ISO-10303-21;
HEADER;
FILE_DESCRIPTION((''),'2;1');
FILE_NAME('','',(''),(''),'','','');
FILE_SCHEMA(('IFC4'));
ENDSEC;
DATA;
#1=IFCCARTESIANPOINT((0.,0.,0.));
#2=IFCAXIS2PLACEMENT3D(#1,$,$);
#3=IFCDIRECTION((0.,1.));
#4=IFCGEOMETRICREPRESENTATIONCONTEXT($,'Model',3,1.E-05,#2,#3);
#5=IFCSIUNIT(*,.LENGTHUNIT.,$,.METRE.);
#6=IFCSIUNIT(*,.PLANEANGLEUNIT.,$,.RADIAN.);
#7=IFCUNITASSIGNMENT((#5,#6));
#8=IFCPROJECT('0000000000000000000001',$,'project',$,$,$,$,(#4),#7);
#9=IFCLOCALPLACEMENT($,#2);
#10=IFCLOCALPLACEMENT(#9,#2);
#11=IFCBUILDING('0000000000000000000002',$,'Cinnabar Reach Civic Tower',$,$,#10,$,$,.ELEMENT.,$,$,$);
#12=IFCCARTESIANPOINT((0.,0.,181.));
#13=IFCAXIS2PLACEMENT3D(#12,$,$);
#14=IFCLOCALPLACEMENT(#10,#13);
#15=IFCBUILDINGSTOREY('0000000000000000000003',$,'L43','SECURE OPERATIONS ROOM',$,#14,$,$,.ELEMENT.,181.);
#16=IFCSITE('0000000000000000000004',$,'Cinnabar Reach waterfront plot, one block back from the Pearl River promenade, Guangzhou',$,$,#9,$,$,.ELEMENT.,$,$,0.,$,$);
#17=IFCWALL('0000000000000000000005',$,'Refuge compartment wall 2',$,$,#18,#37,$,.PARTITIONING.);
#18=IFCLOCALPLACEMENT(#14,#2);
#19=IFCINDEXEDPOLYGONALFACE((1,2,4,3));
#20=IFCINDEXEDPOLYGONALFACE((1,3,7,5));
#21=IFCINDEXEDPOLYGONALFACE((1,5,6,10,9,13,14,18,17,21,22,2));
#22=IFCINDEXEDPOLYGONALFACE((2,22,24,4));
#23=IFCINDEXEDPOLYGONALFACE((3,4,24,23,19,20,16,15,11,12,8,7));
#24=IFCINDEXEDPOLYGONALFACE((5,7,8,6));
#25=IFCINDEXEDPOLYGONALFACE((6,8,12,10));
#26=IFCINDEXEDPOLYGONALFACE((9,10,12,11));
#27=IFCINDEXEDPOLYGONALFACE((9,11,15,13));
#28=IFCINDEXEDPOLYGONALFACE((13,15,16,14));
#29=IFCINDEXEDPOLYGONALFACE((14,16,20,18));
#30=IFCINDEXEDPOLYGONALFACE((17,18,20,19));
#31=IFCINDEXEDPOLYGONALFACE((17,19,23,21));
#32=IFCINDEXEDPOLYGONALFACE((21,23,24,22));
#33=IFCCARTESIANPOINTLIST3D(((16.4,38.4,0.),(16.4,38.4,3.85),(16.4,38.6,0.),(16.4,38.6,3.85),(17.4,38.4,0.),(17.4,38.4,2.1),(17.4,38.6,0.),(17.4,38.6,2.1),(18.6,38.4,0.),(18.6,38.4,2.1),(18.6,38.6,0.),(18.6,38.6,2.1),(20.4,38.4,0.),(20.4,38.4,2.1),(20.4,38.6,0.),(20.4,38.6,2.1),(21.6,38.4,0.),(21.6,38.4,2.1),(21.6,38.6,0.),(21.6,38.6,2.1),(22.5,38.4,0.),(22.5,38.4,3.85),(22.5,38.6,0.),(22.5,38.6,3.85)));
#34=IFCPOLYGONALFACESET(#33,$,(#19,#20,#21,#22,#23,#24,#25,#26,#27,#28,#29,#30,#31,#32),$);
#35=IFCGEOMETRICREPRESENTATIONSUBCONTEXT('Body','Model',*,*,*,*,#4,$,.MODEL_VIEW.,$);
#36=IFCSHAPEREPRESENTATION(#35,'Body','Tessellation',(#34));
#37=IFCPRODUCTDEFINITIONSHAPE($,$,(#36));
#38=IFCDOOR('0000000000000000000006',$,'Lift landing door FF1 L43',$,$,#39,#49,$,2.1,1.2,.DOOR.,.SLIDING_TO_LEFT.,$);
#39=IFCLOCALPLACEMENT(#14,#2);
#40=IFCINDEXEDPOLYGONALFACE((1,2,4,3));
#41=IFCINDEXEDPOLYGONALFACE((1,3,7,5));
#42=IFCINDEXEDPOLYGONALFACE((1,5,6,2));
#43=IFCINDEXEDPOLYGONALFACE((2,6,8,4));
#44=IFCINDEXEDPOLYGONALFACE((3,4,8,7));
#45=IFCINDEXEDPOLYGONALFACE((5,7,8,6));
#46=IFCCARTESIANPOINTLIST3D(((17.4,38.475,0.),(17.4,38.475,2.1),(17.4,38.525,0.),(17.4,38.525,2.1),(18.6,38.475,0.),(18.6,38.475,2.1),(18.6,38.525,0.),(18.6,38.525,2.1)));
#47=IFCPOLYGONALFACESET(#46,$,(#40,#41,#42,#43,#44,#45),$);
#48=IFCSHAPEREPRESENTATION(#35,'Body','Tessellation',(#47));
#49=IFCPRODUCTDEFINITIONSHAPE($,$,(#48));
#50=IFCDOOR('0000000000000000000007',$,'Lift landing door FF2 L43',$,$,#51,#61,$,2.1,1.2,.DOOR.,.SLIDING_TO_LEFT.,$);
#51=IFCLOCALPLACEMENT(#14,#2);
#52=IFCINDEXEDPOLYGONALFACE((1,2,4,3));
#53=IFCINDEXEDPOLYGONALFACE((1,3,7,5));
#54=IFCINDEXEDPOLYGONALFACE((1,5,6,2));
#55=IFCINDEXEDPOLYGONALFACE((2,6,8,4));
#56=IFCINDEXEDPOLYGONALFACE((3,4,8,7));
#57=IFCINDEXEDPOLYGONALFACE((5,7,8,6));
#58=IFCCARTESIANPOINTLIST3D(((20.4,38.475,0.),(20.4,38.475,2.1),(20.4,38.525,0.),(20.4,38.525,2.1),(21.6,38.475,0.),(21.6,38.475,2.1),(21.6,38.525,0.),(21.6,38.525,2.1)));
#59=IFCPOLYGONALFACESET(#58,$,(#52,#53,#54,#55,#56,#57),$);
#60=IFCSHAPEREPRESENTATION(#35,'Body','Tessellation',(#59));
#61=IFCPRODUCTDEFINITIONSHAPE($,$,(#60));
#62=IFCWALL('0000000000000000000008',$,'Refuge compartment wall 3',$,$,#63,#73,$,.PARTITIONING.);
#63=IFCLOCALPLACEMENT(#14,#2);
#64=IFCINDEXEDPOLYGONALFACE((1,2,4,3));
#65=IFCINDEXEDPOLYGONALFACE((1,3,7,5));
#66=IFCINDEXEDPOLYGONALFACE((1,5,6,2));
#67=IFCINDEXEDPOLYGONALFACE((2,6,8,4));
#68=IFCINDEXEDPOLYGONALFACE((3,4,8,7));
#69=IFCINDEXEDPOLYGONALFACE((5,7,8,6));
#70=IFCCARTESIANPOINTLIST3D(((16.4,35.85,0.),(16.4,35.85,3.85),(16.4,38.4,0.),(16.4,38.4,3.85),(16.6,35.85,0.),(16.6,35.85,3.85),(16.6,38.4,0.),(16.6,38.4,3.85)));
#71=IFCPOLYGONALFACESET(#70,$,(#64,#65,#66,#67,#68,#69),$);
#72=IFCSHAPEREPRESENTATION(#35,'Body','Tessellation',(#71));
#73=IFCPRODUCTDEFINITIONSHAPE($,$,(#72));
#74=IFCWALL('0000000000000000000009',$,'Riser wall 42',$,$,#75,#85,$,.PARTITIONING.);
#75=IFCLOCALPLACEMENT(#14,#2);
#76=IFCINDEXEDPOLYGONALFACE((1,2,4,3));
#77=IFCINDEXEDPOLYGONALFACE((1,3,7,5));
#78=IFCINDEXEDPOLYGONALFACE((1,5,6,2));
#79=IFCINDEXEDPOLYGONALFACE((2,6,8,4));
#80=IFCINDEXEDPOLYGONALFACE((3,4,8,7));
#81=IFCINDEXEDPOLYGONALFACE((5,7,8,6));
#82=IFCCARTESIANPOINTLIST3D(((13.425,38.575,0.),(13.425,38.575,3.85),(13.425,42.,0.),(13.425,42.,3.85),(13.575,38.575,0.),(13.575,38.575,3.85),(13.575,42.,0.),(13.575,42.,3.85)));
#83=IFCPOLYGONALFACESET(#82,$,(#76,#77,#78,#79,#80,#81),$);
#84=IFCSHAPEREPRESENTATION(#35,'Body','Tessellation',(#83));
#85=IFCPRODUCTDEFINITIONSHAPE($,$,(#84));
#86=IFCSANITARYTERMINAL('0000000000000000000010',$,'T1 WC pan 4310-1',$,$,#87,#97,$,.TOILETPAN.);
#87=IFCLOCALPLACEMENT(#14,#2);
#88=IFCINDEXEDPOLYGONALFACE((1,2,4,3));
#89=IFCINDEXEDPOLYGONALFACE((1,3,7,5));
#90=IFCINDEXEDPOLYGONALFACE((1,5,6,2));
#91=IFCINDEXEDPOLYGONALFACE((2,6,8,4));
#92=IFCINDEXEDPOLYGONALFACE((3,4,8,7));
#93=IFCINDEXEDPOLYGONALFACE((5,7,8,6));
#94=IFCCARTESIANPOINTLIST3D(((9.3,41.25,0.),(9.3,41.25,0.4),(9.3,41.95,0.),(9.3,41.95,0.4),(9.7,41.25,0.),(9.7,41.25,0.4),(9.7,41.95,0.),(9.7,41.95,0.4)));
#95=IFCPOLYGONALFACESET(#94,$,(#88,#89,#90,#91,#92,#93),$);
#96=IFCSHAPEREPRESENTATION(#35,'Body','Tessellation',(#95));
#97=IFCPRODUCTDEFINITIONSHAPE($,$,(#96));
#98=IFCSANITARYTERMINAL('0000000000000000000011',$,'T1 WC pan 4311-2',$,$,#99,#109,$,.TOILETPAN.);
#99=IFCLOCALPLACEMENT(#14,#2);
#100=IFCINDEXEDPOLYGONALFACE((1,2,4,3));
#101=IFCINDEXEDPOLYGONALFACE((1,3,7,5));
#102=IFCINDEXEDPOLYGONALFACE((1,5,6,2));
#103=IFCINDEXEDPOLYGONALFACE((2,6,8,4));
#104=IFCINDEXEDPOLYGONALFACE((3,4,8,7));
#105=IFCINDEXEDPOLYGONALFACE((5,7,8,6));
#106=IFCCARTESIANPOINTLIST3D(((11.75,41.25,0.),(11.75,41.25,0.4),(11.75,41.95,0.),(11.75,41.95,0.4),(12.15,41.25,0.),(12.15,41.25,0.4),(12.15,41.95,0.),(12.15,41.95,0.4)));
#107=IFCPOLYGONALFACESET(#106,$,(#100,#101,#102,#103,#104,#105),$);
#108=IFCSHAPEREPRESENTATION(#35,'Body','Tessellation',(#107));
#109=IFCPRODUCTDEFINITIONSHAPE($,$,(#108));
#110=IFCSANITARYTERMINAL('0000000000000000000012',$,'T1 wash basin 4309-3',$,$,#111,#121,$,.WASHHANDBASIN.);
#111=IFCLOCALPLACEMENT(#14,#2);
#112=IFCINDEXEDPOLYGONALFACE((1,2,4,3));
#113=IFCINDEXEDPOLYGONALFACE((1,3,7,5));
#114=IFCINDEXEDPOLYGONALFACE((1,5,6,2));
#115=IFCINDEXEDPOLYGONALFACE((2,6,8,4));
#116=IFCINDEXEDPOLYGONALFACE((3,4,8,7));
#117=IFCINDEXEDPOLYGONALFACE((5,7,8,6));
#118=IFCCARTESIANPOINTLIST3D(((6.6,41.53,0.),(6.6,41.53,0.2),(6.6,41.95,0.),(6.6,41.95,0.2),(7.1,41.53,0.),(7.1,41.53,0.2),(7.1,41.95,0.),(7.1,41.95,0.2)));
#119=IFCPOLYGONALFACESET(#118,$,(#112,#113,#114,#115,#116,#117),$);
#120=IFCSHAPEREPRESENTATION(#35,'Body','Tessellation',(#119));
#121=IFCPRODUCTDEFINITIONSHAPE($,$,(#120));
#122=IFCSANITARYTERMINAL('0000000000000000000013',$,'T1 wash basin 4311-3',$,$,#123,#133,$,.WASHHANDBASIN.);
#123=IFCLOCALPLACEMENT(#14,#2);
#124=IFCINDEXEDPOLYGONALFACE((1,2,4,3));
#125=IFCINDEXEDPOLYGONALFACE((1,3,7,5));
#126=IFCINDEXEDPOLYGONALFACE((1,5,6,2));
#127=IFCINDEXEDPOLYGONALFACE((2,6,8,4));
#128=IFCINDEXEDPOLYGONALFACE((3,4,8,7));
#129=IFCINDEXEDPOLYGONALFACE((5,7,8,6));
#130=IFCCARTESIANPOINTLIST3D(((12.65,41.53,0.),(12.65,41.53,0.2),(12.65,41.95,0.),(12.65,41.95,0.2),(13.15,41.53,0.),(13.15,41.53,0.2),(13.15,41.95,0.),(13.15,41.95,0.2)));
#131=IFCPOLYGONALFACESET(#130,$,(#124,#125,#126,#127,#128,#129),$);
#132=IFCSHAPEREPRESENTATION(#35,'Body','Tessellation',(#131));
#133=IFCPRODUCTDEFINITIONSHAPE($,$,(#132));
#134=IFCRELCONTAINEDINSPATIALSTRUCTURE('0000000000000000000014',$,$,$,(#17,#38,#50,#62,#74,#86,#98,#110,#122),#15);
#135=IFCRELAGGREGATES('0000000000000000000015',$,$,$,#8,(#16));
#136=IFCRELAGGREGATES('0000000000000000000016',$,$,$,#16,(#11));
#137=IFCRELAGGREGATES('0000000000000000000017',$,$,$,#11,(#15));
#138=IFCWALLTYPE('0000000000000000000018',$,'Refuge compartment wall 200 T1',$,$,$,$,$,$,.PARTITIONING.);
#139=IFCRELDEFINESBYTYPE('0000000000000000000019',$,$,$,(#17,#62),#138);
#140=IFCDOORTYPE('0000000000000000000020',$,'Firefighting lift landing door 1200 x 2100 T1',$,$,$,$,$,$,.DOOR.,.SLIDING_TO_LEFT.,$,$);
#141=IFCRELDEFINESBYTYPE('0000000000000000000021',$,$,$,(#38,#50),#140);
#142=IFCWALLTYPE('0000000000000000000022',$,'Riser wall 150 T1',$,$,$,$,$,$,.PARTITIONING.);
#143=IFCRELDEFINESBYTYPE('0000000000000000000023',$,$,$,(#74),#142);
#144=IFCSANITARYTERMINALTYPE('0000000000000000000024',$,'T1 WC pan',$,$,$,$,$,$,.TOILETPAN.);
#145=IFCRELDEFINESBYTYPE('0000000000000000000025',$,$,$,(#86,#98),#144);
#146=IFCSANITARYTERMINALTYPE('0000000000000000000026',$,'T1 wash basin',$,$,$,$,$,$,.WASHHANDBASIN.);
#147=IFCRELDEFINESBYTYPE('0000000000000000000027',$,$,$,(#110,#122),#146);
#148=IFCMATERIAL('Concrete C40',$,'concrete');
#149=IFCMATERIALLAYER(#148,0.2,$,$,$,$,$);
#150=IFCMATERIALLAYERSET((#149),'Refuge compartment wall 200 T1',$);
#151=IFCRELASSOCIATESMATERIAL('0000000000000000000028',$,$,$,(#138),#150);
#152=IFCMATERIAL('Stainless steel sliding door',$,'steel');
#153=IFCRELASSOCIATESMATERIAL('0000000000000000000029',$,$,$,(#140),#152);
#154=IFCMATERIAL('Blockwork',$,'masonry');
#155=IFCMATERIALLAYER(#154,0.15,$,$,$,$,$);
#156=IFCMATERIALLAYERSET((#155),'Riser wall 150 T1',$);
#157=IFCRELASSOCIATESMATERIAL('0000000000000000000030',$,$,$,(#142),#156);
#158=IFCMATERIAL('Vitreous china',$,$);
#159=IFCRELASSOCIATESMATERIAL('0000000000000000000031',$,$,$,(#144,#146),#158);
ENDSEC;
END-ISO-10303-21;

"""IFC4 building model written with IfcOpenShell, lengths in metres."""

from ifc_helpers import new_model, si_unit, direction, frame, frame_2d, origin, origin_2d, place, context, subcontext, project, spatial, rectangle, extrude, material, layer, layer_set, type_object, element, fill, save


model = new_model("IFC4")

# Units and contexts
model_context = context("Model", 3, precision=1e-05, world=origin(), true_north=direction((0.0, 1.0)))
body_context = subcontext(model_context, "Body", "Model", "MODEL_VIEW")
ifc_project = project(units=[si_unit("LENGTHUNIT", "METRE"), si_unit("PLANEANGLEUNIT", "RADIAN")], contexts=[model_context])

# Site, building, storey
site_placement = place(None, origin())
site = spatial("IfcSite", under=ifc_project, at=site_placement, Name="Cinnabar Reach waterfront plot, one block back from the Pearl River promenade, Guangzhou", CompositionType="ELEMENT", RefElevation=0.0)
building_placement = place(site_placement, origin())
building = spatial("IfcBuilding", under=site, at=building_placement, Name="Cinnabar Reach Civic Tower", CompositionType="ELEMENT")
storey_placement = place(building_placement, frame((0.0, 0.0, 181.0)))
storey = spatial("IfcBuildingStorey", under=building, at=storey_placement, Name="L43", Description="SECURE OPERATIONS ROOM", CompositionType="ELEMENT", Elevation=181.0)

# Shared definitions
ifc_material_1 = material(Name="Blockwork", Category="masonry")
ifc_material_2 = material(Name="Stainless steel sliding door", Category="steel")

# Shared definitions
ifc_material_3 = material(Name="Concrete C40", Category="concrete")
ifc_layer_1 = layer(ifc_material_3, 0.2)
ifc_layer_set_1 = layer_set([ifc_layer_1], Name="Refuge compartment wall 200 T1")
wall_type_1 = type_object("IfcWallType", Name="Refuge compartment wall 200 T1", PredefinedType="PARTITIONING", material=ifc_layer_set_1)

# Wall, openings, doors
wall_1_placement = place(storey_placement, frame((16.4, 38.5, 0.0), z_axis=(0.0, 0.0, 1.0), x_axis=(1.0, 0.0, 0.0)))
wall_1 = element("IfcWall", 1, at=wall_1_placement, inside=storey, type_object=wall_type_1, Name="Refuge compartment wall 2", PredefinedType="PARTITIONING", context=body_context, shape_type="SweptSolid", body=[
    extrude(rectangle(XDim=6.1, YDim=0.2, at=frame_2d((3.05, 0.0))), origin(), (0.0, 0.0, 1.0), 3.85),
])
opening_1_placement = place(wall_1_placement, frame((1.0, 0.0, 0.0)))
opening_1 = element("IfcOpeningElement", 2, at=opening_1_placement, cuts=wall_1, PredefinedType="OPENING", context=body_context, shape_type="SweptSolid", body=[
    extrude(rectangle(XDim=1.2, YDim=2.1, at=frame_2d((0.6, 1.05))), frame((0.0, 0.11, 0.0), z_axis=(0.0, -1.0, 0.0), x_axis=(1.0, 0.0, 0.0)), (0.0, 0.0, 1.0), 0.22),
])
opening_2_placement = place(wall_1_placement, frame((4.0, 0.0, 0.0)))
opening_2 = element("IfcOpeningElement", 3, at=opening_2_placement, cuts=wall_1, PredefinedType="OPENING", context=body_context, shape_type="SweptSolid", body=[
    extrude(rectangle(XDim=1.2, YDim=2.1, at=frame_2d((0.6, 1.05))), frame((0.0, 0.11, 0.0), z_axis=(0.0, -1.0, 0.0), x_axis=(1.0, 0.0, 0.0)), (0.0, 0.0, 1.0), 0.22),
])
door_type_1 = type_object("IfcDoorType", Name="Firefighting lift landing door 1200 x 2100 T1", OperationType="SLIDING_TO_LEFT", PredefinedType="DOOR", material=ifc_material_2)
door_1_placement = place(opening_1_placement, origin())
door_1 = element("IfcDoor", 4, at=door_1_placement, inside=storey, type_object=door_type_1, Name="Lift landing door FF1 L43", OperationType="SLIDING_TO_LEFT", OverallHeight=2.1, OverallWidth=1.2, PredefinedType="DOOR", context=body_context, shape_type="SweptSolid", body=[
    extrude(rectangle(XDim=1.2, YDim=2.1, at=frame_2d((0.6, 1.05))), frame((0.0, 0.025, 0.0), z_axis=(0.0, -1.0, 0.0), x_axis=(1.0, 0.0, 0.0)), (0.0, 0.0, 1.0), 0.05),
])
fill(opening_1, door_1)
door_2_placement = place(opening_2_placement, origin())
door_2 = element("IfcDoor", 5, at=door_2_placement, inside=storey, type_object=door_type_1, Name="Lift landing door FF2 L43", OperationType="SLIDING_TO_LEFT", OverallHeight=2.1, OverallWidth=1.2, PredefinedType="DOOR", context=body_context, shape_type="SweptSolid", body=[
    extrude(rectangle(XDim=1.2, YDim=2.1, at=frame_2d((0.6, 1.05))), frame((0.0, 0.025, 0.0), z_axis=(0.0, -1.0, 0.0), x_axis=(1.0, 0.0, 0.0)), (0.0, 0.0, 1.0), 0.05),
])
fill(opening_2, door_2)

# Walls
wall_2_placement = place(storey_placement, frame((16.5, 35.85, 0.0), z_axis=(0.0, 0.0, 1.0), x_axis=(0.0, 1.0, 0.0)))
element("IfcWall", 6, at=wall_2_placement, inside=storey, type_object=wall_type_1, Name="Refuge compartment wall 3", PredefinedType="PARTITIONING", context=body_context, shape_type="SweptSolid", body=[
    extrude(rectangle(XDim=2.55, YDim=0.2, at=frame_2d((1.275, 0.0))), origin(), (0.0, 0.0, 1.0), 3.85),
])
ifc_layer_2 = layer(ifc_material_1, 0.15)
ifc_layer_set_2 = layer_set([ifc_layer_2], Name="Riser wall 150 T1")
wall_type_2 = type_object("IfcWallType", Name="Riser wall 150 T1", PredefinedType="PARTITIONING", material=ifc_layer_set_2)
wall_3_placement = place(storey_placement, frame((13.5, 38.575, 0.0), z_axis=(0.0, 0.0, 1.0), x_axis=(0.0, 1.0, 0.0)))
element("IfcWall", 7, at=wall_3_placement, inside=storey, type_object=wall_type_2, Name="Riser wall 42", PredefinedType="PARTITIONING", context=body_context, shape_type="SweptSolid", body=[
    extrude(rectangle(XDim=3.425, YDim=0.15, at=frame_2d((1.7125, 0.0))), origin(), (0.0, 0.0, 1.0), 3.85),
])

# Sanitary terminals
ifc_material_4 = material(Name="Vitreous china")
sanitary_terminal_type_1 = type_object("IfcSanitaryTerminalType", Name="T1 WC pan", PredefinedType="TOILETPAN", material=ifc_material_4)
for number, where, z_axis, x_axis, name in (
    (8, (9.5, 41.6, 0.0), (0.0, 0.0, 1.0), (1.0, 0.0, 0.0), "T1 WC pan 4310-1"),
    (9, (11.95, 41.6, 0.0), (0.0, 0.0, 1.0), (1.0, 0.0, 0.0), "T1 WC pan 4311-2"),
):
    element("IfcSanitaryTerminal", number, at=place(storey_placement, frame(where, z_axis=z_axis, x_axis=x_axis)), inside=storey, type_object=sanitary_terminal_type_1, Name=name, PredefinedType="TOILETPAN", context=body_context, shape_type="SweptSolid", body=[
        extrude(rectangle(XDim=0.4, YDim=0.7, at=origin_2d()), origin(), (0.0, 0.0, 1.0), 0.4),
    ])
sanitary_terminal_type_2 = type_object("IfcSanitaryTerminalType", Name="T1 wash basin", PredefinedType="WASHHANDBASIN", material=ifc_material_4)
for number, where, z_axis, x_axis, name in (
    (10, (6.85, 41.74, 0.0), (0.0, 0.0, 1.0), (1.0, 0.0, 0.0), "T1 wash basin 4309-3"),
    (11, (12.9, 41.74, 0.0), (0.0, 0.0, 1.0), (1.0, 0.0, 0.0), "T1 wash basin 4311-3"),
):
    element("IfcSanitaryTerminal", number, at=place(storey_placement, frame(where, z_axis=z_axis, x_axis=x_axis)), inside=storey, type_object=sanitary_terminal_type_2, Name=name, PredefinedType="WASHHANDBASIN", context=body_context, shape_type="SweptSolid", body=[
        extrude(rectangle(XDim=0.5, YDim=0.42, at=origin_2d()), origin(), (0.0, 0.0, 1.0), 0.2),
    ])

save(model, "model.ifc")
